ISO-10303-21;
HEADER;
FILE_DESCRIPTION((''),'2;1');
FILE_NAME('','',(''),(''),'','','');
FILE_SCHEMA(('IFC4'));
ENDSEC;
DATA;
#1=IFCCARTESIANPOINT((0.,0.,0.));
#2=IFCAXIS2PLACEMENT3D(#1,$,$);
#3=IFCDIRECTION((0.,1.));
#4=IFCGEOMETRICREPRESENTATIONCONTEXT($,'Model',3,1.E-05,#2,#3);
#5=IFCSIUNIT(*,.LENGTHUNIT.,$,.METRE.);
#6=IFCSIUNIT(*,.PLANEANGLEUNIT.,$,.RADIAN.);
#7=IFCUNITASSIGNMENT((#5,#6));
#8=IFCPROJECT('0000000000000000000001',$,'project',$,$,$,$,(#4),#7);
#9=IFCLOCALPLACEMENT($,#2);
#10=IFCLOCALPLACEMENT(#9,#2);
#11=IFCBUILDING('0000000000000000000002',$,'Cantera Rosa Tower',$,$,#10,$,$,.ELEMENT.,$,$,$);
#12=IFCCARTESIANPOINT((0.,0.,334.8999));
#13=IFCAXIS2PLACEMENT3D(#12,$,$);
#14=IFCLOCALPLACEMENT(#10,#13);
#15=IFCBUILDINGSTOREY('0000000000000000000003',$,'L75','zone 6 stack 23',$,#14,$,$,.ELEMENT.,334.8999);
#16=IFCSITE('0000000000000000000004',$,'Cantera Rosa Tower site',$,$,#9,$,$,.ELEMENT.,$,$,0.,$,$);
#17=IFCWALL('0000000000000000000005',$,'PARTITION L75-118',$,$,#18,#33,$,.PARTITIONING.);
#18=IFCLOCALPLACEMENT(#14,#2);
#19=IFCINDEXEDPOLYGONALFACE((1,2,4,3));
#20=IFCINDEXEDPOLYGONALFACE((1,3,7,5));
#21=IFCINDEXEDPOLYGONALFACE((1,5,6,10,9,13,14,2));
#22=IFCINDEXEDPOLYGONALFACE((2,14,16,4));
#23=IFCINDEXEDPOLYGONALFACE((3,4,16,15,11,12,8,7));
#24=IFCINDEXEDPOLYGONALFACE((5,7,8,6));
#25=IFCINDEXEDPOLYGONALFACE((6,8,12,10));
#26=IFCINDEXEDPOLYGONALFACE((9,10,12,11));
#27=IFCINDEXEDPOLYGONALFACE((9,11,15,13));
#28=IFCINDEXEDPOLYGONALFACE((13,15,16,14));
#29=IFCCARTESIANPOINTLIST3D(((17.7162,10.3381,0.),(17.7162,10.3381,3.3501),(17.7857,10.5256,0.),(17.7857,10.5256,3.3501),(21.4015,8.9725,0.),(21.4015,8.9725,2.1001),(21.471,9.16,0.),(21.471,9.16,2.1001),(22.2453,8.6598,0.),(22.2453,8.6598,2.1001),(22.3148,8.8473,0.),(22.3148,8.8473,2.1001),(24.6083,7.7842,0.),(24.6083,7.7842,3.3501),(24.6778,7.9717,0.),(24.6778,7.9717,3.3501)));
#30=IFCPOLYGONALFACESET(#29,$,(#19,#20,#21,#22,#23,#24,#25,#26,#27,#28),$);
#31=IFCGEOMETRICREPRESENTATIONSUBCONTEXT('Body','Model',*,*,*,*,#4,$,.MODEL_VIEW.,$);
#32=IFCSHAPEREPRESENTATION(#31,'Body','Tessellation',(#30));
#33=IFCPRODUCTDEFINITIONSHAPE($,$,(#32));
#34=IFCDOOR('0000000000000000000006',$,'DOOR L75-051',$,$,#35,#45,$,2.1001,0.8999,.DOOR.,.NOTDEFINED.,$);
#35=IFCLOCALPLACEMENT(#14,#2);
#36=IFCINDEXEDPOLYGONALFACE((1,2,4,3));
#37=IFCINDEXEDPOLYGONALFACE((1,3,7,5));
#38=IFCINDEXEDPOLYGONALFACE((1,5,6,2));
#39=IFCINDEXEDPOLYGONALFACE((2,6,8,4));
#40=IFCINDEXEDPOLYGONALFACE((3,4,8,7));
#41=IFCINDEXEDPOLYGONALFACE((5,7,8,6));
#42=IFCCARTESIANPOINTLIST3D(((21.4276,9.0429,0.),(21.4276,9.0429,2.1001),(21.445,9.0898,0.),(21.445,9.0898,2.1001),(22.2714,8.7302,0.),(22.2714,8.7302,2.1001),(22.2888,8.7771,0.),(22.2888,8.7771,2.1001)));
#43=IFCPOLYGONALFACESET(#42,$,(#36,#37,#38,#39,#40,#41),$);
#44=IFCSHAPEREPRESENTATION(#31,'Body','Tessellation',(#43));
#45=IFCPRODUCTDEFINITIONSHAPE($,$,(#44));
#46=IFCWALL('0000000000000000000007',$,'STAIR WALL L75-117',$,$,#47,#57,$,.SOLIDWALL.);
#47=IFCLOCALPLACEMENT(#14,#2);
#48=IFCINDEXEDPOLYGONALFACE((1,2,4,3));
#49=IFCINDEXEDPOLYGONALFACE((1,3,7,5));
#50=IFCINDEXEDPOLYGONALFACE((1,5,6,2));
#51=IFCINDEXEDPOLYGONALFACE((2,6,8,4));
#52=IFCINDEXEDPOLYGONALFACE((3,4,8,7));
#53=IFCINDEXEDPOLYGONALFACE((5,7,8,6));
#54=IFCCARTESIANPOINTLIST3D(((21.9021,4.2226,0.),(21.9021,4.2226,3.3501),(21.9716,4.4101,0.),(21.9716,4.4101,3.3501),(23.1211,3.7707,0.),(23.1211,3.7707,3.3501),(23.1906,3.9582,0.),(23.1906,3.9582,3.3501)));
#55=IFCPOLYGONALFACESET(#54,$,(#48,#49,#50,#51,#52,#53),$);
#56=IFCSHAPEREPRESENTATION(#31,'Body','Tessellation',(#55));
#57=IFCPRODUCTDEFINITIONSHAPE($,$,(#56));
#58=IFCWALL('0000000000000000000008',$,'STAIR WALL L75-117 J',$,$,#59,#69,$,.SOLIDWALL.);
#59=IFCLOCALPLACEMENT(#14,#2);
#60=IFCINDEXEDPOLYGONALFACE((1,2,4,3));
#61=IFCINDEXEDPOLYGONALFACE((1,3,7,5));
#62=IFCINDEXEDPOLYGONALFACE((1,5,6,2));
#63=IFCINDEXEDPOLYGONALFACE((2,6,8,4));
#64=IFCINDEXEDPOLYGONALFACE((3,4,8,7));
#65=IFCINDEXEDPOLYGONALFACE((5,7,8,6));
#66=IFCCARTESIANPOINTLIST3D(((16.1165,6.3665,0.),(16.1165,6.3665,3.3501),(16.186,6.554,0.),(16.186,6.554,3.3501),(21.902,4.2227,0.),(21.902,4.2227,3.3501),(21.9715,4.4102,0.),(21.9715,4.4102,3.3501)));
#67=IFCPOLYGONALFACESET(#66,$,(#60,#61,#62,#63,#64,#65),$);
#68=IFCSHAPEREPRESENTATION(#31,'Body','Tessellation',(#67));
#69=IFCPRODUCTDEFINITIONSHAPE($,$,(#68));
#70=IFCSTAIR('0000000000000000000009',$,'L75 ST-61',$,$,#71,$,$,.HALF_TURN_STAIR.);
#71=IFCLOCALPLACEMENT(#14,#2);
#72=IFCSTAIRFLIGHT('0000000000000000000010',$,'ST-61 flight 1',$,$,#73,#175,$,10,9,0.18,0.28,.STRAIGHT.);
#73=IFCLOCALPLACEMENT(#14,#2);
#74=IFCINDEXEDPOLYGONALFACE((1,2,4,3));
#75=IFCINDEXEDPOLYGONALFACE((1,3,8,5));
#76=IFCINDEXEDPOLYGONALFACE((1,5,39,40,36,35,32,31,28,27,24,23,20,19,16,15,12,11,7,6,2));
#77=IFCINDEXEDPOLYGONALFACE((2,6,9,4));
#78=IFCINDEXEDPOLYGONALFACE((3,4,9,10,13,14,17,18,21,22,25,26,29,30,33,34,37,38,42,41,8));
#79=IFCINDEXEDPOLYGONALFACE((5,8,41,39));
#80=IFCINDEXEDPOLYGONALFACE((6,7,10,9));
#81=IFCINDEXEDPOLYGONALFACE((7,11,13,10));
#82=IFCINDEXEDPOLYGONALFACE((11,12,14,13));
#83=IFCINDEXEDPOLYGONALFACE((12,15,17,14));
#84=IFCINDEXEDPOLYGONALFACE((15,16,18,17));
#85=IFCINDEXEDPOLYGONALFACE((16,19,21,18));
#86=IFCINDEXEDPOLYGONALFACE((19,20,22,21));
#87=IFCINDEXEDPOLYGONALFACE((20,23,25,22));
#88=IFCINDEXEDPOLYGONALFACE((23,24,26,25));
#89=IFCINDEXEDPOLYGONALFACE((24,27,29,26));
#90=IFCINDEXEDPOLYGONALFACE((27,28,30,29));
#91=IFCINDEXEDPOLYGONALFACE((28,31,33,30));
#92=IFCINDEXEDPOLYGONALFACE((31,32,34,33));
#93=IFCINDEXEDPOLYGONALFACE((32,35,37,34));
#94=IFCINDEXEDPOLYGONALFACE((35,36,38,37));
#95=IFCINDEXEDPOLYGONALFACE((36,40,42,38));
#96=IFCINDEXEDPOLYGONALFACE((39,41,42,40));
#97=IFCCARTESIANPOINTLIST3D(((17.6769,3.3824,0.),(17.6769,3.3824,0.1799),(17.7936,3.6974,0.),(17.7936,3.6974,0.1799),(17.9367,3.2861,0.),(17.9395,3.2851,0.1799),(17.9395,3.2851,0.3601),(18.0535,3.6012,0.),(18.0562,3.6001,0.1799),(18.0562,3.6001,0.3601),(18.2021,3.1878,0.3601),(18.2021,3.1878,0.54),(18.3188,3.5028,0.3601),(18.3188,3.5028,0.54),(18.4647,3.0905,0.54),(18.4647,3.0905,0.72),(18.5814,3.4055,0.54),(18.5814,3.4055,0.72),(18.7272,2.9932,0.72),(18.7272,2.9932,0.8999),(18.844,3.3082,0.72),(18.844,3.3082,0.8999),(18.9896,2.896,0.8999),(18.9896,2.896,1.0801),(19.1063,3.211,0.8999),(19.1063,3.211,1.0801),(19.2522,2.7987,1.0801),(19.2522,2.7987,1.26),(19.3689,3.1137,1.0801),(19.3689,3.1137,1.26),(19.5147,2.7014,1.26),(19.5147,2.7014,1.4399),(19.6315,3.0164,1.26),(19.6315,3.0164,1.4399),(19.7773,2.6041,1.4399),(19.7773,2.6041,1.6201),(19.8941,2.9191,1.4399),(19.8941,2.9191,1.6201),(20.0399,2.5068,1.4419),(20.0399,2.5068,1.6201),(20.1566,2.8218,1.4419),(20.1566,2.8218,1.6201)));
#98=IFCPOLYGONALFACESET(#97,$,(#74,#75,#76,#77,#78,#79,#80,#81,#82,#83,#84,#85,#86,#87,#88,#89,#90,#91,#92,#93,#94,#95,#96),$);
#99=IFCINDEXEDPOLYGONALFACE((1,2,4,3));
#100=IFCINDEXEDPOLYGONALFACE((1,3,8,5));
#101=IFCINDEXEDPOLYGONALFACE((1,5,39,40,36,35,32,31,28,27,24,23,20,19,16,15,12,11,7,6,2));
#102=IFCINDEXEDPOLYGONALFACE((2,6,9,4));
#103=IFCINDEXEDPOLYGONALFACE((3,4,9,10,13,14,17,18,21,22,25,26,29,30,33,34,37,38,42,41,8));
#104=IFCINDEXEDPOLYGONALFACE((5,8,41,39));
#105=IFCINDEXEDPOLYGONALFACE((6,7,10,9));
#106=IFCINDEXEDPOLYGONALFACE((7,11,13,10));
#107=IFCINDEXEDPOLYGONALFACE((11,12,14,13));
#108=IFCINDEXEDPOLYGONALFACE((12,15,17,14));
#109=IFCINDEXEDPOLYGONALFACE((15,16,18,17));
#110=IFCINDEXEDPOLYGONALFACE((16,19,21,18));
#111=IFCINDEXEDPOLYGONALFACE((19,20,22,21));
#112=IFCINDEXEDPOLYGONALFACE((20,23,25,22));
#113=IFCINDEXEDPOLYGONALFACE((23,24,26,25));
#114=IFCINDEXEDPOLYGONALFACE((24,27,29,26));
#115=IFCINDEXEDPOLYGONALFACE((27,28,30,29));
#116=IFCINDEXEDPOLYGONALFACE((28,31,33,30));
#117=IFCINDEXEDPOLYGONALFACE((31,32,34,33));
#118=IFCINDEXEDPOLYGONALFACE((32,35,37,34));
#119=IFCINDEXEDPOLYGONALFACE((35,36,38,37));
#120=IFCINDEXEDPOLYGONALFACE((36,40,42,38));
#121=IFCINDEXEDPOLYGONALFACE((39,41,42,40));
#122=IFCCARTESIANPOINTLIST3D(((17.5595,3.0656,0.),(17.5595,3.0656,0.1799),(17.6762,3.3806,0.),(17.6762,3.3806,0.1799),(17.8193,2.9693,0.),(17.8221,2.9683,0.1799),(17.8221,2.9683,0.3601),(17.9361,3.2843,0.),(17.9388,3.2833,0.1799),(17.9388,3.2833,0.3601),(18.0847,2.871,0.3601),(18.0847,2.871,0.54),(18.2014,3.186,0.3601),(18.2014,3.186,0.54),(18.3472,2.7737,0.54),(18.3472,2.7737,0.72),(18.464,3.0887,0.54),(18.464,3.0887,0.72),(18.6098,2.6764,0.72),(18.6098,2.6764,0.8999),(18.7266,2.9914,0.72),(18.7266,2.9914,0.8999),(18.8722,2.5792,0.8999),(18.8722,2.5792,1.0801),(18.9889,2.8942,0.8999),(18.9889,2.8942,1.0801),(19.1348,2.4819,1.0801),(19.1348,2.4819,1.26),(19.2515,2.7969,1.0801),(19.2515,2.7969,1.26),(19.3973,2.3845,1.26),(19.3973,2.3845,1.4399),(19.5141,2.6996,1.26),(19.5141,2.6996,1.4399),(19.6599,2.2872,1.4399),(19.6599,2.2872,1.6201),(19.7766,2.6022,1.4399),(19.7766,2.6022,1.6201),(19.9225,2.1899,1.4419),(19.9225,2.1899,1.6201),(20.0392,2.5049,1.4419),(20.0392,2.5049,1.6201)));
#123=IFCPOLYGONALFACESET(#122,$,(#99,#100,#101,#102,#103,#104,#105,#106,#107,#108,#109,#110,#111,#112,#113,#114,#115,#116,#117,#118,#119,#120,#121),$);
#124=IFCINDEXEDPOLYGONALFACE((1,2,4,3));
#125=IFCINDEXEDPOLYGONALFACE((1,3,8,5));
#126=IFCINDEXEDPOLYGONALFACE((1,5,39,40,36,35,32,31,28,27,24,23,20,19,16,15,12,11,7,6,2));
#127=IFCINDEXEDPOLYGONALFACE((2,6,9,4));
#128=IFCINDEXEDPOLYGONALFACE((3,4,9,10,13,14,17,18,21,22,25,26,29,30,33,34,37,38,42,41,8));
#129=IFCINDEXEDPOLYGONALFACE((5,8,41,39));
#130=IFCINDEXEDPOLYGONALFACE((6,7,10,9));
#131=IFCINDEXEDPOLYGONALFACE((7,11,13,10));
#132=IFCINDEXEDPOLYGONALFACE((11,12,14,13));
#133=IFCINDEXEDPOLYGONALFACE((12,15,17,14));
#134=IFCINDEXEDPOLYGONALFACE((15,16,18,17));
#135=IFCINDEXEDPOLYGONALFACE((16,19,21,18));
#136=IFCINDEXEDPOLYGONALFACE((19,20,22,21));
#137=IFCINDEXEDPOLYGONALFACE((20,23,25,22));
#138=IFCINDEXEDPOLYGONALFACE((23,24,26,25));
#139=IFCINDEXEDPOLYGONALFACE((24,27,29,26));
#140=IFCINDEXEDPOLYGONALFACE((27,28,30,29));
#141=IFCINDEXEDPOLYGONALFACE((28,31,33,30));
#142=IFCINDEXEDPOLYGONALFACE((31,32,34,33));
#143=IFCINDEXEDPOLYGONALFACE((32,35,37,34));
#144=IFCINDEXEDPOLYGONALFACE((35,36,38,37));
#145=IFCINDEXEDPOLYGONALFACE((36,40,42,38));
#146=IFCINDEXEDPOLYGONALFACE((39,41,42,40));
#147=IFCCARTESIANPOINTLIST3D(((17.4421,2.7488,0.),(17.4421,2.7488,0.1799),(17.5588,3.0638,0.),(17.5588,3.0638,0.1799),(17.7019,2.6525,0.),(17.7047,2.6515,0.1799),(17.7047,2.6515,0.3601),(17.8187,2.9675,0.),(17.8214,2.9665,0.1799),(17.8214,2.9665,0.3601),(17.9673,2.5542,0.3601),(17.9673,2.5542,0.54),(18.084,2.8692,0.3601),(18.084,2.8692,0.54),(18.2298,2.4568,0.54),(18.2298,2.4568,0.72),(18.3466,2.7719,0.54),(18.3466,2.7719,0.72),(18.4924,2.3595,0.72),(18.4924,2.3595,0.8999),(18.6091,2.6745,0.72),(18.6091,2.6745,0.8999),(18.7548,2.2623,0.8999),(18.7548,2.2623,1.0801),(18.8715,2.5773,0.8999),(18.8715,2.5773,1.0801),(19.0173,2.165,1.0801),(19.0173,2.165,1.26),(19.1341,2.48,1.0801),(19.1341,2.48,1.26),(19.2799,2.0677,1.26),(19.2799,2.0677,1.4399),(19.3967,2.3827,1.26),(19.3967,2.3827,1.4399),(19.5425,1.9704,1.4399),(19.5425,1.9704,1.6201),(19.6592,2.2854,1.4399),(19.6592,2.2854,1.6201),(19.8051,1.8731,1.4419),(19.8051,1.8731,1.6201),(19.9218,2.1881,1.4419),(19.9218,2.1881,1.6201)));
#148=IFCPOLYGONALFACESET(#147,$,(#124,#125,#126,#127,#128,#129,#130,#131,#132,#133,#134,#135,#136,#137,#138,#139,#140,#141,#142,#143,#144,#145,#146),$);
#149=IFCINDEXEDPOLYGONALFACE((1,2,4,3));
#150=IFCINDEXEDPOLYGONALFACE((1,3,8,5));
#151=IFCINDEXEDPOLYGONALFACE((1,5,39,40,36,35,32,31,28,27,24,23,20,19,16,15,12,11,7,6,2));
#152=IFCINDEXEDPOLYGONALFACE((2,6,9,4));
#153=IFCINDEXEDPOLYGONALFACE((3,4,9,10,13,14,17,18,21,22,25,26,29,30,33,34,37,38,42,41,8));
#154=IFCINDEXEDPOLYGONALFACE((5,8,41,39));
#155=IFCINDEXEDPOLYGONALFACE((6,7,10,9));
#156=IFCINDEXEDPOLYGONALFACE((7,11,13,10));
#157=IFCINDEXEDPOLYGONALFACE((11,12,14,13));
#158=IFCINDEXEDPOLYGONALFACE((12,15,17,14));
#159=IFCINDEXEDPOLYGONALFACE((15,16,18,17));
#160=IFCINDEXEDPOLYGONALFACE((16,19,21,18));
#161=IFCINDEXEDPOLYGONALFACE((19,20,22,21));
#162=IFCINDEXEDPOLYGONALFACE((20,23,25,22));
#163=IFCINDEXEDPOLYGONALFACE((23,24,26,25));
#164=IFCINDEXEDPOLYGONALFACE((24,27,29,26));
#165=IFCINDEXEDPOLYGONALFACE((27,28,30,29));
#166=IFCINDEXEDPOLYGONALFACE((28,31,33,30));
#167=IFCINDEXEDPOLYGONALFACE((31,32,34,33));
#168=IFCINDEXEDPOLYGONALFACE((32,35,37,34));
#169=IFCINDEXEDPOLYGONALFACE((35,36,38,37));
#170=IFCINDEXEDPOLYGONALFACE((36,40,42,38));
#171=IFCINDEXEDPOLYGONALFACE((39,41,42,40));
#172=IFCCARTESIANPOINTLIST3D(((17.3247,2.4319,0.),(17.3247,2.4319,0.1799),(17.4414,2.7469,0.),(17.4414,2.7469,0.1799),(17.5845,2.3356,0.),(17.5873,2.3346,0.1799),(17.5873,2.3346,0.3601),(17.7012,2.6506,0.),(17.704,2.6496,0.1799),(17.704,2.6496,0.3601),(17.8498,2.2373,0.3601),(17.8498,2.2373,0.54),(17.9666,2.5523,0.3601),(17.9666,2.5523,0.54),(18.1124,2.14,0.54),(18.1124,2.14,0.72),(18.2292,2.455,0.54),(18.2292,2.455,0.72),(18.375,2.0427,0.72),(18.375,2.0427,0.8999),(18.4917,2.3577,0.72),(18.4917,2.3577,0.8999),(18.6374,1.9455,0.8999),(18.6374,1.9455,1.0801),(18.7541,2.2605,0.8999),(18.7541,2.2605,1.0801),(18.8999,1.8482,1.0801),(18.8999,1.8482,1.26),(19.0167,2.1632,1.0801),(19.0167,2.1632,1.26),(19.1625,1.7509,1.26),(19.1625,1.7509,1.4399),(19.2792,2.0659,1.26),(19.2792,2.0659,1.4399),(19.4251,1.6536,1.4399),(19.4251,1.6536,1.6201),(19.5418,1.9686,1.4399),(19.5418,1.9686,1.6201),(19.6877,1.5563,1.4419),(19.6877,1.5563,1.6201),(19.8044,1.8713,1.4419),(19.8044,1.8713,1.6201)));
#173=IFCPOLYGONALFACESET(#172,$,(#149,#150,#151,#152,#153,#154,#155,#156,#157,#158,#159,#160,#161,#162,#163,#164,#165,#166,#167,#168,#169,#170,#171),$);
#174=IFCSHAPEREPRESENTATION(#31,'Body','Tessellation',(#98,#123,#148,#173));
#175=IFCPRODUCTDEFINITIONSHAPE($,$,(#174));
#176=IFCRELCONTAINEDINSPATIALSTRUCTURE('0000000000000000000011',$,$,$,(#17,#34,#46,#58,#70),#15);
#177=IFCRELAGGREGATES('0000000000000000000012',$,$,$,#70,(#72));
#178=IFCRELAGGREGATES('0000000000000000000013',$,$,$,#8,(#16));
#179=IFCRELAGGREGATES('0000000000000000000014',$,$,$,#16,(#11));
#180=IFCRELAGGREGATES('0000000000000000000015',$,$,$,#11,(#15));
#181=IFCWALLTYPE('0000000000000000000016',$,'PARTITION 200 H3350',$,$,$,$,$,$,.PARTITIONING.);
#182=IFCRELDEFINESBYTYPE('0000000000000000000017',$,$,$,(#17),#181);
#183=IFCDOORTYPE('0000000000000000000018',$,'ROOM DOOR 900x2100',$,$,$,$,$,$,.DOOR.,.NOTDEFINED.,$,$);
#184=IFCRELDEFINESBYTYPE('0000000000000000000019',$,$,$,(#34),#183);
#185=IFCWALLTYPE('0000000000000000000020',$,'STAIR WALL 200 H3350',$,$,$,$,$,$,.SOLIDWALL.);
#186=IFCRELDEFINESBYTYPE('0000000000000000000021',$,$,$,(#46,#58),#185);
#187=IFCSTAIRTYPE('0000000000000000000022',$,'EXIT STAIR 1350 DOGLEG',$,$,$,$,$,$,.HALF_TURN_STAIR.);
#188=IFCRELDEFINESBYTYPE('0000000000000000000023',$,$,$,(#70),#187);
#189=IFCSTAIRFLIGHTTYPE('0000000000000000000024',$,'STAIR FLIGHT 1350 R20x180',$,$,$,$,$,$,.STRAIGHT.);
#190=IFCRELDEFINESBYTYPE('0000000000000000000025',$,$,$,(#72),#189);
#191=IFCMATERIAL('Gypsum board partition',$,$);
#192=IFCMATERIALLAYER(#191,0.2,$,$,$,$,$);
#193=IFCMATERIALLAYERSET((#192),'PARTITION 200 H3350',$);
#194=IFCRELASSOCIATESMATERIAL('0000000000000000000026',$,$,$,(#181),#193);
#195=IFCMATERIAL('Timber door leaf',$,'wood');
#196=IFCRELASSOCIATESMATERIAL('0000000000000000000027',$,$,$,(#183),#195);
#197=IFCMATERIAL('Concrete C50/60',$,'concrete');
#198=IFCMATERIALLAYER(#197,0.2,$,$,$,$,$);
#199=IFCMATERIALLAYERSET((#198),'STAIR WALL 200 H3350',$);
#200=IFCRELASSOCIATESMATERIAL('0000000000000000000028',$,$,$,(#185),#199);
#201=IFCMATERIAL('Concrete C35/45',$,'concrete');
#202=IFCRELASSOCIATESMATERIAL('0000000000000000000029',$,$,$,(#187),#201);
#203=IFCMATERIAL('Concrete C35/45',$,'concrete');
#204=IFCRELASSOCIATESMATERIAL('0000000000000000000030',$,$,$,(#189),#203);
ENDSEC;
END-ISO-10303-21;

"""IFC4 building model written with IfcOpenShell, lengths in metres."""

from ifc_helpers import new_model, si_unit, direction, frame, frame_2d, origin, place, context, subcontext, project, spatial, polyline, rectangle, outline, extrude, material, layer, layer_set, type_object, element, fill, aggregate, save


model = new_model("IFC4")

# Units and contexts
model_context = context("Model", 3, precision=1e-05, world=origin(), true_north=direction((0.0, 1.0)))
body_context = subcontext(model_context, "Body", "Model", "MODEL_VIEW")
ifc_project = project(units=[si_unit("LENGTHUNIT", "METRE"), si_unit("PLANEANGLEUNIT", "RADIAN")], contexts=[model_context])

# Site, building, storey
site_placement = place(None, origin())
site = spatial("IfcSite", under=ifc_project, at=site_placement, Name="Cantera Rosa Tower site", CompositionType="ELEMENT", RefElevation=0.0)
building_placement = place(site_placement, origin())
building = spatial("IfcBuilding", under=site, at=building_placement, Name="Cantera Rosa Tower", CompositionType="ELEMENT")
storey_placement = place(building_placement, frame((0.0, 0.0, 334.8999)))
storey = spatial("IfcBuildingStorey", under=building, at=storey_placement, Name="L75", Description="zone 6 stack 23", CompositionType="ELEMENT", Elevation=334.8999)

# Shared definitions
ifc_material_1 = material(Name="Gypsum board partition")
ifc_layer_1 = layer(ifc_material_1, 0.2)
ifc_layer_set_1 = layer_set([ifc_layer_1], Name="PARTITION 200 H3350")
wall_type_1 = type_object("IfcWallType", Name="PARTITION 200 H3350", PredefinedType="PARTITIONING", material=ifc_layer_set_1)

# Wall, opening, door
wall_1_placement = place(storey_placement, frame((24.6431, 7.8779, 0.0), z_axis=(0.0, 0.0, 1.0), x_axis=(-0.93769, 0.347473, 0.0)))
wall_1 = element("IfcWall", 1, at=wall_1_placement, inside=storey, type_object=wall_type_1, Name="PARTITION L75-118", PredefinedType="PARTITIONING", context=body_context, shape_type="SweptSolid", body=[
    extrude(rectangle(XDim=7.3501, YDim=0.2, at=frame_2d((3.675, 0.0))), origin(), (0.0, 0.0, 1.0), 3.3501),
])
opening_1_placement = place(wall_1_placement, frame((2.52, 0.0, 0.0)))
opening_1 = element("IfcOpeningElement", 2, at=opening_1_placement, cuts=wall_1, PredefinedType="OPENING", context=body_context, shape_type="SweptSolid", body=[
    extrude(rectangle(XDim=0.8999, YDim=2.1001, at=frame_2d((0.45, 1.05))), frame((0.0, 0.1099, 0.0), z_axis=(0.0, -1.0, 0.0), x_axis=(1.0, 0.0, 0.0)), (0.0, 0.0, 1.0), 0.22),
])
ifc_material_2 = material(Name="Timber door leaf", Category="wood")
door_type_1 = type_object("IfcDoorType", Name="ROOM DOOR 900x2100", OperationType="NOTDEFINED", PredefinedType="DOOR", material=ifc_material_2)
door_1_placement = place(opening_1_placement, origin())
door_1 = element("IfcDoor", 3, at=door_1_placement, inside=storey, type_object=door_type_1, Name="DOOR L75-051", OperationType="NOTDEFINED", OverallHeight=2.1001, OverallWidth=0.8999, PredefinedType="DOOR", context=body_context, shape_type="SweptSolid", body=[
    extrude(rectangle(XDim=0.8999, YDim=2.1001, at=frame_2d((0.45, 1.05))), frame((0.0, 0.0249, 0.0), z_axis=(0.0, -1.0, 0.0), x_axis=(1.0, 0.0, 0.0)), (0.0, 0.0, 1.0), 0.05),
])
fill(opening_1, door_1)

# Walls
ifc_material_3 = material(Name="Concrete C50/60", Category="concrete")
ifc_layer_2 = layer(ifc_material_3, 0.2)
ifc_layer_set_2 = layer_set([ifc_layer_2], Name="STAIR WALL 200 H3350")
wall_type_2 = type_object("IfcWallType", Name="STAIR WALL 200 H3350", PredefinedType="SOLIDWALL", material=ifc_layer_set_2)
wall_2_placement = place(storey_placement, frame((23.1558, 3.8645, 0.0), z_axis=(0.0, 0.0, 1.0), x_axis=(-0.937642, 0.347602, 0.0)))
element("IfcWall", 4, at=wall_2_placement, inside=storey, type_object=wall_type_2, Name="STAIR WALL L75-117", PredefinedType="SOLIDWALL", context=body_context, shape_type="SweptSolid", body=[
    extrude(rectangle(XDim=1.3, YDim=0.2, at=frame_2d((0.6499, 0.0))), origin(), (0.0, 0.0, 1.0), 3.3501),
])
wall_3_placement = place(storey_placement, frame((21.9368, 4.3164, 0.0), z_axis=(0.0, 0.0, 1.0), x_axis=(-0.937693, 0.347465, 0.0)))
element("IfcWall", 5, at=wall_3_placement, inside=storey, type_object=wall_type_2, Name="STAIR WALL L75-117 J", PredefinedType="SOLIDWALL", context=body_context, shape_type="SweptSolid", body=[
    extrude(rectangle(XDim=6.1699, YDim=0.2, at=frame_2d((3.085, 0.0))), origin(), (0.0, 0.0, 1.0), 3.3501),
])

# Stair, stair flight
ifc_material_4 = material(Name="Concrete C35/45", Category="concrete")
stair_type = type_object("IfcStairType", Name="EXIT STAIR 1350 DOGLEG", PredefinedType="HALF_TURN_STAIR", material=ifc_material_4)
stair_placement = place(storey_placement, origin())
stair = element("IfcStair", 6, at=stair_placement, inside=storey, type_object=stair_type, Name="L75 ST-61", PredefinedType="HALF_TURN_STAIR")
ifc_material_5 = material(Name="Concrete C35/45", Category="concrete")
stair_flight_type = type_object("IfcStairFlightType", Name="STAIR FLIGHT 1350 R20x180", PredefinedType="STRAIGHT", material=ifc_material_5)
stair_flight_1_placement = place(storey_placement, frame((17.5591, 3.0645, 0.0), z_axis=(0.0, 0.0, 1.0), x_axis=(0.937687, -0.347481, 0.0)))
stair_flight_1 = element("IfcStairFlight", 7, at=stair_flight_1_placement, type_object=stair_flight_type, Name="ST-61 flight 1", NumberOfRisers=10, NumberOfTreads=9, PredefinedType="STRAIGHT", RiserHeight=0.18, TreadLength=0.28, context=body_context, shape_type="SweptSolid", body=[
    extrude(outline(polyline([(0.0, 0.0), (0.0, 0.1799), (0.28, 0.1799), (0.28, 0.3601), (0.5601, 0.3601), (0.5601, 0.54), (0.8401, 0.54), (0.8401, 0.72), (1.1201, 0.72), (1.1201, 0.8999), (1.3999, 0.8999), (1.3999, 1.0801), (1.6799, 1.0801), (1.6799, 1.26), (1.96, 1.26), (1.96, 1.4399), (2.24, 1.4399), (2.24, 1.6201), (2.52, 1.6201), (2.52, 1.8), (2.52, 1.4419), (0.2771, 0.0), (0.0, 0.0)])), frame((0.0, 0.675, 0.0), z_axis=(0.0, -1.0, 0.0), x_axis=(1.0, 0.0, 0.0)), (0.0, 0.0, 1.0), 0.3359),
    extrude(outline(polyline([(0.0, 0.0), (0.0, 0.1799), (0.28, 0.1799), (0.28, 0.3601), (0.5601, 0.3601), (0.5601, 0.54), (0.8401, 0.54), (0.8401, 0.72), (1.1201, 0.72), (1.1201, 0.8999), (1.3999, 0.8999), (1.3999, 1.0801), (1.6799, 1.0801), (1.6799, 1.26), (1.96, 1.26), (1.96, 1.4399), (2.24, 1.4399), (2.24, 1.6201), (2.52, 1.6201), (2.52, 1.8), (2.52, 1.4419), (0.2771, 0.0), (0.0, 0.0)])), frame((0.0, 0.3372, 0.0), z_axis=(0.0, -1.0, 0.0), x_axis=(1.0, 0.0, 0.0)), (0.0, 0.0, 1.0), 0.3359),
    extrude(outline(polyline([(0.0, 0.0), (0.0, 0.1799), (0.28, 0.1799), (0.28, 0.3601), (0.5601, 0.3601), (0.5601, 0.54), (0.8401, 0.54), (0.8401, 0.72), (1.1201, 0.72), (1.1201, 0.8999), (1.3999, 0.8999), (1.3999, 1.0801), (1.6799, 1.0801), (1.6799, 1.26), (1.96, 1.26), (1.96, 1.4399), (2.24, 1.4399), (2.24, 1.6201), (2.52, 1.6201), (2.52, 1.8), (2.52, 1.4419), (0.2771, 0.0), (0.0, 0.0)])), frame((0.0, -0.0007, 0.0), z_axis=(0.0, -1.0, 0.0), x_axis=(1.0, 0.0, 0.0)), (0.0, 0.0, 1.0), 0.3359),
    extrude(outline(polyline([(0.0, 0.0), (0.0, 0.1799), (0.28, 0.1799), (0.28, 0.3601), (0.5601, 0.3601), (0.5601, 0.54), (0.8401, 0.54), (0.8401, 0.72), (1.1201, 0.72), (1.1201, 0.8999), (1.3999, 0.8999), (1.3999, 1.0801), (1.6799, 1.0801), (1.6799, 1.26), (1.96, 1.26), (1.96, 1.4399), (2.24, 1.4399), (2.24, 1.6201), (2.52, 1.6201), (2.52, 1.8), (2.52, 1.4419), (0.2771, 0.0), (0.0, 0.0)])), frame((0.0, -0.3386, 0.0), z_axis=(0.0, -1.0, 0.0), x_axis=(1.0, 0.0, 0.0)), (0.0, 0.0, 1.0), 0.3359),
])
aggregate(stair, [stair_flight_1])

save(model, "model.ifc")
